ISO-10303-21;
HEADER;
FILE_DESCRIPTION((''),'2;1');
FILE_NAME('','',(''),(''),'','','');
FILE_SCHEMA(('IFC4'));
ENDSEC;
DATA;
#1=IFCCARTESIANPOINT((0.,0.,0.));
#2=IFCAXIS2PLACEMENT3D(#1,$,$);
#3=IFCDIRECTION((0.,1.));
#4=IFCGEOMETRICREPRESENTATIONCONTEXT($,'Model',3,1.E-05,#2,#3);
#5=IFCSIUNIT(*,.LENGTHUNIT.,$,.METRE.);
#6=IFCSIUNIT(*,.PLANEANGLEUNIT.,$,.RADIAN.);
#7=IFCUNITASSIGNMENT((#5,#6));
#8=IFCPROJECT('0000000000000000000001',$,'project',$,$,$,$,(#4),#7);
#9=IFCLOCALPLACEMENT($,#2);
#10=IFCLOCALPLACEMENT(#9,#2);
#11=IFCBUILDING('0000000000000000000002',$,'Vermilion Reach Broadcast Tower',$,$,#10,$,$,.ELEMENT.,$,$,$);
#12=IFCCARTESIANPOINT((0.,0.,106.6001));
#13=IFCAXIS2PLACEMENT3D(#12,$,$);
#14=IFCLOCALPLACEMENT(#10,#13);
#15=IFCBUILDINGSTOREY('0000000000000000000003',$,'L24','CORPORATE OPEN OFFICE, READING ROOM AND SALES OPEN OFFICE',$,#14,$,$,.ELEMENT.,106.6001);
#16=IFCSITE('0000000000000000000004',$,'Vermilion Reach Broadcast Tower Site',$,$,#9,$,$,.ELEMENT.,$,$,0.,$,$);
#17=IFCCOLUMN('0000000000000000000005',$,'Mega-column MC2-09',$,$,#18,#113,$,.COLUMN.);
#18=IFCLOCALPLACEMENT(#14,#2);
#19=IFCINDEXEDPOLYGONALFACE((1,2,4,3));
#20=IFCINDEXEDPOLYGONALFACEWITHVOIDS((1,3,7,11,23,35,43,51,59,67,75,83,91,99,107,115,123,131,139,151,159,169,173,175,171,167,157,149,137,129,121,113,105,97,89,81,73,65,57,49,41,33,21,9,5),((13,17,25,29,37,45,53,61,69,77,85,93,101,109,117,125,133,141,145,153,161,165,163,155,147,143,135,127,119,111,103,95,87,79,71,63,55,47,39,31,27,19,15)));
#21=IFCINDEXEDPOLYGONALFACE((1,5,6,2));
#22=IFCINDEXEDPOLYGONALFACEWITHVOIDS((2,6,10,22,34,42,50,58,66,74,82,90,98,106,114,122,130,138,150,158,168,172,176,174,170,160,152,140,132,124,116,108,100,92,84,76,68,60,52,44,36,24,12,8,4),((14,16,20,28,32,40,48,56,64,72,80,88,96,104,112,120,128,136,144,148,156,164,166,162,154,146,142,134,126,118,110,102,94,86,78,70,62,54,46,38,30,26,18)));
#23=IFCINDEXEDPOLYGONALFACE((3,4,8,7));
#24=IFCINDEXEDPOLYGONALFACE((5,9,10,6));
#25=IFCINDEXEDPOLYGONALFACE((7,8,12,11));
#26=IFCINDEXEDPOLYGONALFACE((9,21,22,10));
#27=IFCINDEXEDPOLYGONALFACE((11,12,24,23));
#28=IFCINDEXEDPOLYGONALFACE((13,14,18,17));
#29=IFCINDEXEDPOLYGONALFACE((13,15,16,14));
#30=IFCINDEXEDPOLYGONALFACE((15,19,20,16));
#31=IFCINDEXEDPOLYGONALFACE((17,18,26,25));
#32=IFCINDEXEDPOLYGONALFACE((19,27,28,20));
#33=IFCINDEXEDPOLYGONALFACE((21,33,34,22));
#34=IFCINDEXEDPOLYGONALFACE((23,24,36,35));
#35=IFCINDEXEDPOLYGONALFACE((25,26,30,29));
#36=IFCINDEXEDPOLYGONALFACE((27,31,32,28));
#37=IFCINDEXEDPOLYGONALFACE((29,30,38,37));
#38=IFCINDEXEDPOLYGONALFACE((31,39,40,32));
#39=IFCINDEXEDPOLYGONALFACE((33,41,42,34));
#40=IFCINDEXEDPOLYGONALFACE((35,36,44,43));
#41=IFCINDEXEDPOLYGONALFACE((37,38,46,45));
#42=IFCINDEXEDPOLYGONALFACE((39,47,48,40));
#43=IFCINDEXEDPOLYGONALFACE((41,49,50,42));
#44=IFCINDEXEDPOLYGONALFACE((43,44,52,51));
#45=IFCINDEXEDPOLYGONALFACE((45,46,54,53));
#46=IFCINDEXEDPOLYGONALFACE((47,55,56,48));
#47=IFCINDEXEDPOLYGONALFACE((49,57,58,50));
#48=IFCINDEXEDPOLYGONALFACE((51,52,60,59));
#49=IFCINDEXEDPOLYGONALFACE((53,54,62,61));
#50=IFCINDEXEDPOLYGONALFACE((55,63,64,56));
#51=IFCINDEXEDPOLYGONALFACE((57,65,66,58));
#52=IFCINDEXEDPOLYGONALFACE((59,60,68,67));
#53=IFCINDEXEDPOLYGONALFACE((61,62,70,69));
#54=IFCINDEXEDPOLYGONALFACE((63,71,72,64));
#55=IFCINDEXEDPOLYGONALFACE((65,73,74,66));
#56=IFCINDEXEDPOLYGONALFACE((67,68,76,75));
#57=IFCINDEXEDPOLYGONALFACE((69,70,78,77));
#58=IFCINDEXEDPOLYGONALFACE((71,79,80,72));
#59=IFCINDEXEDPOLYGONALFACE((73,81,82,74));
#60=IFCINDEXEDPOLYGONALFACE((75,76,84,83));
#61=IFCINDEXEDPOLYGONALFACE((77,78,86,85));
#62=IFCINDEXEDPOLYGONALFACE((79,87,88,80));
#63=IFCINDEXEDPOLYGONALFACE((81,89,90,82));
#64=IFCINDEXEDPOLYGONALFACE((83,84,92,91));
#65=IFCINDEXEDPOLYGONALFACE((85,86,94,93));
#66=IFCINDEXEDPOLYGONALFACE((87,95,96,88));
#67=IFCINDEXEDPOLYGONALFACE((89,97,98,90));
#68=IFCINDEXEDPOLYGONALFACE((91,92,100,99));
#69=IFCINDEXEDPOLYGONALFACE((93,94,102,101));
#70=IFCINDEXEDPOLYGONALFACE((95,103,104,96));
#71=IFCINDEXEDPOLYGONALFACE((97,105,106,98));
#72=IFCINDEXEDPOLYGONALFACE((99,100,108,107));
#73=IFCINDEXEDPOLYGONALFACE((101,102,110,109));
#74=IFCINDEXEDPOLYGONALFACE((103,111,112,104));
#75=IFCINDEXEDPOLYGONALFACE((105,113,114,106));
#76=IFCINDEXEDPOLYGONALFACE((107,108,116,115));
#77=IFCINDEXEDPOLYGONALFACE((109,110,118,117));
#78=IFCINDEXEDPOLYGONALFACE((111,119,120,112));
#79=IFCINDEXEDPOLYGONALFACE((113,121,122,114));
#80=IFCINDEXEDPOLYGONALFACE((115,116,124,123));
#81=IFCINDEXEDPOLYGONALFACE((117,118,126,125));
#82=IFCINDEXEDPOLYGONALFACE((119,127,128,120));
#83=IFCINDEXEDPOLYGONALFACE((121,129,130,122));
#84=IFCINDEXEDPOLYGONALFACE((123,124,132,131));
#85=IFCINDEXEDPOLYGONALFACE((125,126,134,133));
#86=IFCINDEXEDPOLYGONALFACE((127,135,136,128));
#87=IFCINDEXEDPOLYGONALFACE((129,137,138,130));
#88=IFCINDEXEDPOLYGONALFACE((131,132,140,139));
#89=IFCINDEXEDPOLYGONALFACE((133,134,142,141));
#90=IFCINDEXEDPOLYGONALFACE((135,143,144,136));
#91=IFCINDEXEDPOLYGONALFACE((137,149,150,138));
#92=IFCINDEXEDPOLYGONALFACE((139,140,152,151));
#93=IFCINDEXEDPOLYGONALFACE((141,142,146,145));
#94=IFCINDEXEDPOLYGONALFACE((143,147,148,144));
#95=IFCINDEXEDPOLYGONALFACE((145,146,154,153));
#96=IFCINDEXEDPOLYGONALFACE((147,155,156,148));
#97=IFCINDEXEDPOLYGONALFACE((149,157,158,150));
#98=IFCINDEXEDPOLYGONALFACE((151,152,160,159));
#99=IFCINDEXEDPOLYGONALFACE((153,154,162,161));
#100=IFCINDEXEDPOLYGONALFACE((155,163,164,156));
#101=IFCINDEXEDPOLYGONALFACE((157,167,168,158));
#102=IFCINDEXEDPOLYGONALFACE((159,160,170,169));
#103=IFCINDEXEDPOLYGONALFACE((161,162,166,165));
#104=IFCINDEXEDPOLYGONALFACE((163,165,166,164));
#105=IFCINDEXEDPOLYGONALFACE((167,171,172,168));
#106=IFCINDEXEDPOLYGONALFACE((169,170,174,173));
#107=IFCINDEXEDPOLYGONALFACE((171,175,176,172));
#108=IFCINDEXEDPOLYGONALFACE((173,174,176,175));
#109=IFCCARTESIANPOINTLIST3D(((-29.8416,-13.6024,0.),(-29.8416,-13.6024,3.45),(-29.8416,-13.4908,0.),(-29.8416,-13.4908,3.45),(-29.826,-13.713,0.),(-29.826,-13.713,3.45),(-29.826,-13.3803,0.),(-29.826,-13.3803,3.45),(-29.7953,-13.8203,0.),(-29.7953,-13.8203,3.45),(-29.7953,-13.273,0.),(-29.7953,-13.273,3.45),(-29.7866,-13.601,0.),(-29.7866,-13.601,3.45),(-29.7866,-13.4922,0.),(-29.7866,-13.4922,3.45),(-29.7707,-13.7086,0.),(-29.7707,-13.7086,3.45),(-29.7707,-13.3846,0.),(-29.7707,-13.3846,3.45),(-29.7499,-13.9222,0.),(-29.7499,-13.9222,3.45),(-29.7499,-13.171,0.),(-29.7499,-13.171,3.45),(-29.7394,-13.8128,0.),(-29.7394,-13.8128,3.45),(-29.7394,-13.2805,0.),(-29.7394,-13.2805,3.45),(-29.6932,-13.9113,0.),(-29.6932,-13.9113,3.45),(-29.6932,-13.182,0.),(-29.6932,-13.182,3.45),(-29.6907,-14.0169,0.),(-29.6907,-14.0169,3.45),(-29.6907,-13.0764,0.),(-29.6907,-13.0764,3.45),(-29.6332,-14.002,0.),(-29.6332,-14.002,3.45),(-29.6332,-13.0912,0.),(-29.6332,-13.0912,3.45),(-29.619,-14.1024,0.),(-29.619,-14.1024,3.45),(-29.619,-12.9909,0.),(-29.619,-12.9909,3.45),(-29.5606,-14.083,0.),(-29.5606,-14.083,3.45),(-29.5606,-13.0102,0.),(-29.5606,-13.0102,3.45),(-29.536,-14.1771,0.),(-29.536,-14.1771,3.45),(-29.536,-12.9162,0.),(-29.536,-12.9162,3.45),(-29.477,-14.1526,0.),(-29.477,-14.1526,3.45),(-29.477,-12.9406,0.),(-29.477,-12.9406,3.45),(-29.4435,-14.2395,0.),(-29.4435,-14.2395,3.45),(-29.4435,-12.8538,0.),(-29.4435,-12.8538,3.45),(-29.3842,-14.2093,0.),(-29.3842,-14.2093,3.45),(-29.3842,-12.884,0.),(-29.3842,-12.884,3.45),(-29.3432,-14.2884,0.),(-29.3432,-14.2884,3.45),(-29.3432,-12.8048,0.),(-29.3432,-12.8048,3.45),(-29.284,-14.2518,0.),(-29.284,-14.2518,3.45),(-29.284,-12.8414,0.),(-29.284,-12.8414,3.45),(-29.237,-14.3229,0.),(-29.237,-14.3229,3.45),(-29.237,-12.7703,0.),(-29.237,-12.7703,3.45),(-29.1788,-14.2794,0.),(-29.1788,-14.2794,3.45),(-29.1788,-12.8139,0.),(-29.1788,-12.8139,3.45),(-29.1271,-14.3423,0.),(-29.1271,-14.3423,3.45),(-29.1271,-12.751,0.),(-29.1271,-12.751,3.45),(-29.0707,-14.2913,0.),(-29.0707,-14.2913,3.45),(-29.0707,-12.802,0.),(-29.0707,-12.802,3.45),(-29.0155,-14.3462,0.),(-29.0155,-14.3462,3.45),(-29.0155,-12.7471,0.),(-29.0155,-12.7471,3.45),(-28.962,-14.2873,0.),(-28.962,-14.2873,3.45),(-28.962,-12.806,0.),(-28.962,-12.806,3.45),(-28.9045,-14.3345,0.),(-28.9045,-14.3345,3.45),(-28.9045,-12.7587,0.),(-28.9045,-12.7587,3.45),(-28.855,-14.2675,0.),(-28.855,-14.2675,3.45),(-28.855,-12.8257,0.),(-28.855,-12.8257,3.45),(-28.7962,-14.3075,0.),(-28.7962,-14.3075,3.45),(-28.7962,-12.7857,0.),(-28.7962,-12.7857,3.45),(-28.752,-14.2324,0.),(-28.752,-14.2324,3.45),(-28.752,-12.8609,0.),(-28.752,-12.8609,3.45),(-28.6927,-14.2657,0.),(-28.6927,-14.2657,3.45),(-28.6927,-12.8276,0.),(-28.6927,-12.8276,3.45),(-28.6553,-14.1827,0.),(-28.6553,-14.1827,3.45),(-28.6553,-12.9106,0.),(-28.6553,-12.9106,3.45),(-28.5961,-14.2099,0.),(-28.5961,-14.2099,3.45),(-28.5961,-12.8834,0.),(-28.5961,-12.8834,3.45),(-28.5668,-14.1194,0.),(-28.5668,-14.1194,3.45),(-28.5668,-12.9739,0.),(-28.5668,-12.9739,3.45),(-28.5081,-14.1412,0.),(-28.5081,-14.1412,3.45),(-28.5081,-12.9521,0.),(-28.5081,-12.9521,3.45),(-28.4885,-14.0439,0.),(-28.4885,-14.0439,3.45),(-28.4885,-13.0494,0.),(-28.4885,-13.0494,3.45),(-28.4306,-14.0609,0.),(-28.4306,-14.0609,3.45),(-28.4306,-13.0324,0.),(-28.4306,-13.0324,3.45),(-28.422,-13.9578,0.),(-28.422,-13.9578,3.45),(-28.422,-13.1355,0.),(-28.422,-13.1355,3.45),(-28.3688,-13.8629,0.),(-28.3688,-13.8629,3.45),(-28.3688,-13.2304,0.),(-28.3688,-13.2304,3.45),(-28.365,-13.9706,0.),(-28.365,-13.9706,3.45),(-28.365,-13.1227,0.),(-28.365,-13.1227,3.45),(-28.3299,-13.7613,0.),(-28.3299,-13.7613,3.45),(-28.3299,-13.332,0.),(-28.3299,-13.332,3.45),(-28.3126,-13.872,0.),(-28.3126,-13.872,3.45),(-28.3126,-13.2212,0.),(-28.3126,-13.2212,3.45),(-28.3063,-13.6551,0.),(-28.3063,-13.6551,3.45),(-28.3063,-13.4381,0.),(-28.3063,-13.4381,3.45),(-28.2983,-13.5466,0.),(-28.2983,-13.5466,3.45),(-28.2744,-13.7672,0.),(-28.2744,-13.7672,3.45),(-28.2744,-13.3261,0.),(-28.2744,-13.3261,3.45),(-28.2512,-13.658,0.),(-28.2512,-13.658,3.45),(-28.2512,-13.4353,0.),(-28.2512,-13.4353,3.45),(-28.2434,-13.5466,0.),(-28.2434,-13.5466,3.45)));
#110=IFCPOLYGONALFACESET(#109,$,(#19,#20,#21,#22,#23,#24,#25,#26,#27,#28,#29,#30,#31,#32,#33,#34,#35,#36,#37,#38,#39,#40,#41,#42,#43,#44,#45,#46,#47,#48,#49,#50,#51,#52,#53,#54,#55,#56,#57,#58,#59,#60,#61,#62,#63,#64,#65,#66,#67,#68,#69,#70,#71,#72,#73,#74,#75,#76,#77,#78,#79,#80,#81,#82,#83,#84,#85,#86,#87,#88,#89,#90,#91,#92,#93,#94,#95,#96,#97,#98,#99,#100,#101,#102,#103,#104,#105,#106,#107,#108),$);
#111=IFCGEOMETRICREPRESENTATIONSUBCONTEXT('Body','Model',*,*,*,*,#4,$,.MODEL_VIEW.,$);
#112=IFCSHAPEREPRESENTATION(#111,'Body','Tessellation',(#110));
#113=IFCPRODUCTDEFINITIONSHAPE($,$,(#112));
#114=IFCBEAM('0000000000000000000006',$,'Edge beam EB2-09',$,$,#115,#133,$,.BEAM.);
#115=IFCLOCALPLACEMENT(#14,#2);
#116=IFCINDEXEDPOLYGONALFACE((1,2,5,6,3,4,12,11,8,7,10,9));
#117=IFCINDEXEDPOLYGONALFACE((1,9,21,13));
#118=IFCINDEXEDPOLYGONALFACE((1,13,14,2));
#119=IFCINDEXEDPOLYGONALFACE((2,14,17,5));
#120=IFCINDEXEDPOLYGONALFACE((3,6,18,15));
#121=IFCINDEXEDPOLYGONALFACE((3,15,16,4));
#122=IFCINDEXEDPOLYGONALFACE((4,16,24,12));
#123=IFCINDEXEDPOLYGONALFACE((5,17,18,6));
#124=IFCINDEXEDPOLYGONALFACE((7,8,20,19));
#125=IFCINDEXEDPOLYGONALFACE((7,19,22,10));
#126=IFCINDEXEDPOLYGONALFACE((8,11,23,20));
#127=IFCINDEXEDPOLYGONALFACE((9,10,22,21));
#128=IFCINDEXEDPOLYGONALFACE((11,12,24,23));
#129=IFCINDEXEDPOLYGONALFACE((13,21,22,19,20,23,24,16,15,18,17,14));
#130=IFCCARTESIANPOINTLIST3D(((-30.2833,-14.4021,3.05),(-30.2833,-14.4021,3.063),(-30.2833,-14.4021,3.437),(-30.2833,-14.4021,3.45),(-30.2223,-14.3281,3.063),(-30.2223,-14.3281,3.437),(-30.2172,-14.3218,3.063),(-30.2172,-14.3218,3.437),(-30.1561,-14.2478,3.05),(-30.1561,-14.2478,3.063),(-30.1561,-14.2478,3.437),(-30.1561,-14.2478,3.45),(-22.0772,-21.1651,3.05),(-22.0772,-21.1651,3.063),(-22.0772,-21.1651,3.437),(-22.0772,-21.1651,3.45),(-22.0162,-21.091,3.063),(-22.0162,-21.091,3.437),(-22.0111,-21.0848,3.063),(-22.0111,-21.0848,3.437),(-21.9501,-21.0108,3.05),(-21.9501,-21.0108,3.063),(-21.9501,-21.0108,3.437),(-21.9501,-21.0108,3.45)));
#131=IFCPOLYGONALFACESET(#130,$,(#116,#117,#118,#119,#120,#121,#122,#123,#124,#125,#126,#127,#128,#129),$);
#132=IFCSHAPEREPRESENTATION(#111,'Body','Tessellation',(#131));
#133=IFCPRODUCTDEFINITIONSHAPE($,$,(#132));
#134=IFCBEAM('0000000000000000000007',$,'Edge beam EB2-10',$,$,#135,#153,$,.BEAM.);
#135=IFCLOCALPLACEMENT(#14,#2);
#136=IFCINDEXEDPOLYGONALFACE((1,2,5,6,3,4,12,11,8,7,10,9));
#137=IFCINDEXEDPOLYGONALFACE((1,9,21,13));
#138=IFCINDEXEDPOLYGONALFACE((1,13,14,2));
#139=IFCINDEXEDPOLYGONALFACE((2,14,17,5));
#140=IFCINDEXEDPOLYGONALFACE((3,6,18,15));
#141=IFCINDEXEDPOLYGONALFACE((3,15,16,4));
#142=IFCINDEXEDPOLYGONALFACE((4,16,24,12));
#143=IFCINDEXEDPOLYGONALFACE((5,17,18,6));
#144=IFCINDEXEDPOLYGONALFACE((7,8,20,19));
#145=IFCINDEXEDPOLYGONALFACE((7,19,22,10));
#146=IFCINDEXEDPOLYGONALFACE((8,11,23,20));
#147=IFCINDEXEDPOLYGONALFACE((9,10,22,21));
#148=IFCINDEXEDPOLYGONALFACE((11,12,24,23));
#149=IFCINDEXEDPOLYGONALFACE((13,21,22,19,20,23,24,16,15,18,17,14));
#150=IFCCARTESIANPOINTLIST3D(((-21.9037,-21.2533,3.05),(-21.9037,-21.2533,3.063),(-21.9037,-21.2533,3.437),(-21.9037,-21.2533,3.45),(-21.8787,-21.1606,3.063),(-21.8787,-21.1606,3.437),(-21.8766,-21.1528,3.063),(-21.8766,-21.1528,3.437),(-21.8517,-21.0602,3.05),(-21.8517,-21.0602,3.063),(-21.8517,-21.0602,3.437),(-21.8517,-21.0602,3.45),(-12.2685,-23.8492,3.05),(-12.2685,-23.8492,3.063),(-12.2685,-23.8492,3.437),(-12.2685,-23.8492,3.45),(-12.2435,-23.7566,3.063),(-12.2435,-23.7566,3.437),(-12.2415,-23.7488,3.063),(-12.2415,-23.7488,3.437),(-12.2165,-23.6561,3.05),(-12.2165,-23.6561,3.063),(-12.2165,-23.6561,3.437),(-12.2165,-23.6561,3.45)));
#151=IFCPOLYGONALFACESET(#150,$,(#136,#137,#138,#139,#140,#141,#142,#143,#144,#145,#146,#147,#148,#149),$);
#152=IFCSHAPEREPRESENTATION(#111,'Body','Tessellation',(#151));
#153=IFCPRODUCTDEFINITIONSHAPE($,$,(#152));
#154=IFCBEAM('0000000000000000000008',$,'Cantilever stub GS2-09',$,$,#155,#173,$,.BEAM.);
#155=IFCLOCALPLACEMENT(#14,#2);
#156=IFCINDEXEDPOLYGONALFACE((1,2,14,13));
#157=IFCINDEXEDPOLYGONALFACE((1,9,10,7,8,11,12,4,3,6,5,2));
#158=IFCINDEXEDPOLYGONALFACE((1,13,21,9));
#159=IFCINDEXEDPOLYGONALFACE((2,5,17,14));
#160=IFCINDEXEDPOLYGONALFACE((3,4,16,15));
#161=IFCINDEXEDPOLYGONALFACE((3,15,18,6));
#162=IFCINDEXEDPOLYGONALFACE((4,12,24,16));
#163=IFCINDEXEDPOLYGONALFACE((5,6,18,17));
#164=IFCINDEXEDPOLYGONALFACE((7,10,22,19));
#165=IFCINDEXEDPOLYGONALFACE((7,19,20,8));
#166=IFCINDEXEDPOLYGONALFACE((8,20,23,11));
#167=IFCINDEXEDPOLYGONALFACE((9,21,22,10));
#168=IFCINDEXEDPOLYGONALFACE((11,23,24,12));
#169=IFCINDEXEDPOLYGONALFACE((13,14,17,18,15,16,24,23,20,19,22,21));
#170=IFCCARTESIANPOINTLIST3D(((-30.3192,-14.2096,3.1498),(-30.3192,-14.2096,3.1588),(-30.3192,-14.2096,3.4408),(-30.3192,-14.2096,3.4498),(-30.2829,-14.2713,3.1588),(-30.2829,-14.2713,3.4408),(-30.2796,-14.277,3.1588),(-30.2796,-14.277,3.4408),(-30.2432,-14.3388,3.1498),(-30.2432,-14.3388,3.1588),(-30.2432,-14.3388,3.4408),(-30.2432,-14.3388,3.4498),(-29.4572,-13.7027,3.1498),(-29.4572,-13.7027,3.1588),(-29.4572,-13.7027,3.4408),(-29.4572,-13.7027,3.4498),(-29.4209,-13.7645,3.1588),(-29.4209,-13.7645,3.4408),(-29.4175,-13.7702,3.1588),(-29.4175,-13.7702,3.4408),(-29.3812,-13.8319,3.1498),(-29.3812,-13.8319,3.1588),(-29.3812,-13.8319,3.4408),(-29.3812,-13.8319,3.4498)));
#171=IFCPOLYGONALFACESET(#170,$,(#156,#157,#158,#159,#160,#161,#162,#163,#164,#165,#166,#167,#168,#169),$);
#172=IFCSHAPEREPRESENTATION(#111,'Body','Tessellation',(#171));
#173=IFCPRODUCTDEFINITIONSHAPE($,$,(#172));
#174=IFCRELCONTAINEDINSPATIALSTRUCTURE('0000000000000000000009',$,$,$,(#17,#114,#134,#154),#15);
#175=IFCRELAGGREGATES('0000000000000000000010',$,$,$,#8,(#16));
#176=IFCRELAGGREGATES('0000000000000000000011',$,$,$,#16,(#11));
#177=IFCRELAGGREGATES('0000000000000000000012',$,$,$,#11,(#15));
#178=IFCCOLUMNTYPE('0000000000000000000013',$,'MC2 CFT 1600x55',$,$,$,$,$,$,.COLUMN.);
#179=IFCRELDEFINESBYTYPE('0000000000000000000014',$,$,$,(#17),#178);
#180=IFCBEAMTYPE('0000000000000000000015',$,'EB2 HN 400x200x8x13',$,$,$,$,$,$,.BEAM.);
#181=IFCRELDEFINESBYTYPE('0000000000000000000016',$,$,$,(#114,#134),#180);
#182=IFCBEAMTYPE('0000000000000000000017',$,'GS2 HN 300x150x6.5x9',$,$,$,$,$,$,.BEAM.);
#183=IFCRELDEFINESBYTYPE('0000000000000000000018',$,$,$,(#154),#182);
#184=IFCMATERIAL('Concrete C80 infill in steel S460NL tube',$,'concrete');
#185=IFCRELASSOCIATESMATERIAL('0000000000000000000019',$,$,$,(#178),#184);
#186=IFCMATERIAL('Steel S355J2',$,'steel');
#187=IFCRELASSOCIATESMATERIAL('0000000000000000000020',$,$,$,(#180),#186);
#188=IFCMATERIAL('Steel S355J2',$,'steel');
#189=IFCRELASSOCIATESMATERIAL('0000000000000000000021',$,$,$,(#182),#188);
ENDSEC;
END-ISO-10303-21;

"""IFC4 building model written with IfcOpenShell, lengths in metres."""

from ifc_helpers import new_model, si_unit, direction, frame, origin, origin_2d, place, context, subcontext, project, spatial, hollow_circle, i_section, extrude, material, material_profile, profile_set, type_object, element, save


model = new_model("IFC4")

# Units and contexts
model_context = context("Model", 3, precision=1e-05, world=origin(), true_north=direction((0.0, 1.0)))
body_context = subcontext(model_context, "Body", "Model", "MODEL_VIEW")
ifc_project = project(units=[si_unit("LENGTHUNIT", "METRE"), si_unit("PLANEANGLEUNIT", "RADIAN")], contexts=[model_context])

# Site, building, storey
site_placement = place(None, origin())
site = spatial("IfcSite", under=ifc_project, at=site_placement, Name="Vermilion Reach Broadcast Tower Site", CompositionType="ELEMENT", RefElevation=0.0)
building_placement = place(site_placement, origin())
building = spatial("IfcBuilding", under=site, at=building_placement, Name="Vermilion Reach Broadcast Tower", CompositionType="ELEMENT")
storey_placement = place(building_placement, frame((0.0, 0.0, 106.6001)))
storey = spatial("IfcBuildingStorey", under=building, at=storey_placement, Name="L24", Description="CORPORATE OPEN OFFICE, READING ROOM AND SALES OPEN OFFICE", CompositionType="ELEMENT", Elevation=106.6001)

# Column
ifc_material_1 = material(Name="Concrete C80 infill in steel S460NL tube", Category="concrete")
ifc_material_profile_1 = material_profile(ifc_material_1, hollow_circle(Radius=0.8, WallThickness=0.0549, at=origin_2d()), Name="Concrete C80 infill in steel S460NL tube CFT 1600x55")
ifc_profile_set_1 = profile_set([ifc_material_profile_1], Name="Concrete C80 infill in steel S460NL tube")
column_type = type_object("IfcColumnType", Name="MC2 CFT 1600x55", PredefinedType="COLUMN", material=ifc_profile_set_1)
column_placement = place(storey_placement, frame((-29.0435, -13.5466, 0.0), z_axis=(0.0, 0.0, 1.0), x_axis=(1.0, 0.0, 0.0)))
element("IfcColumn", 1, at=column_placement, inside=storey, type_object=column_type, Name="Mega-column MC2-09", PredefinedType="COLUMN", context=body_context, shape_type="SweptSolid", body=[
    extrude(hollow_circle(Radius=0.8, WallThickness=0.0549, at=origin_2d()), origin(), (0.0, 0.0, 1.0), 3.45),
])

# Beams
ifc_material_2 = material(Name="Steel S355J2", Category="steel")
ifc_material_profile_2 = material_profile(ifc_material_2, i_section(OverallWidth=0.2, OverallDepth=0.3999, WebThickness=0.0081, FlangeThickness=0.0129, at=origin_2d()), Name="S355J2 HN 400x200x8x13")
ifc_profile_set_2 = profile_set([ifc_material_profile_2], Name="Steel S355J2")
beam_type_1 = type_object("IfcBeamType", Name="EB2 HN 400x200x8x13", PredefinedType="BEAM", material=ifc_profile_set_2)
beam_1_placement = place(storey_placement, frame((-30.2197, -14.325, 3.25), z_axis=(0.771699, -0.635988, 0.0), x_axis=(0.635988, 0.771699, 0.0)))
element("IfcBeam", 2, at=beam_1_placement, inside=storey, type_object=beam_type_1, Name="Edge beam EB2-09", PredefinedType="BEAM", context=body_context, shape_type="SweptSolid", body=[
    extrude(i_section(OverallWidth=0.2, OverallDepth=0.3999, WebThickness=0.0081, FlangeThickness=0.0129, at=origin_2d()), origin(), (0.0, 0.0, 1.0), 10.6338),
])
beam_2_placement = place(storey_placement, frame((-21.8777, -21.1567, 3.25), z_axis=(0.965569, -0.260145, 0.0), x_axis=(0.260145, 0.965569, 0.0)))
element("IfcBeam", 3, at=beam_2_placement, inside=storey, type_object=beam_type_1, Name="Edge beam EB2-10", PredefinedType="BEAM", context=body_context, shape_type="SweptSolid", body=[
    extrude(i_section(OverallWidth=0.2, OverallDepth=0.3999, WebThickness=0.0081, FlangeThickness=0.0129, at=origin_2d()), origin(), (0.0, 0.0, 1.0), 9.9788),
])
ifc_material_3 = material(Name="Steel S355J2", Category="steel")
ifc_material_profile_3 = material_profile(ifc_material_3, i_section(OverallWidth=0.1499, OverallDepth=0.3, WebThickness=0.0066, FlangeThickness=0.009, at=origin_2d()), Name="S355J2 HN 300x150x6.5x9")
ifc_profile_set_3 = profile_set([ifc_material_profile_3], Name="Steel S355J2")
beam_type_2 = type_object("IfcBeamType", Name="GS2 HN 300x150x6.5x9", PredefinedType="BEAM", material=ifc_profile_set_3)
beam_3_placement = place(storey_placement, frame((-29.4192, -13.7673, 3.2998), z_axis=(-0.862047, -0.506828, 0.0), x_axis=(0.506828, -0.862047, 0.0)))
element("IfcBeam", 4, at=beam_3_placement, inside=storey, type_object=beam_type_2, Name="Cantilever stub GS2-09", PredefinedType="BEAM", context=body_context, shape_type="SweptSolid", body=[
    extrude(i_section(OverallWidth=0.1499, OverallDepth=0.3, WebThickness=0.0066, FlangeThickness=0.009, at=origin_2d()), origin(), (0.0, 0.0, 1.0), 1.0),
])

save(model, "model.ifc")
